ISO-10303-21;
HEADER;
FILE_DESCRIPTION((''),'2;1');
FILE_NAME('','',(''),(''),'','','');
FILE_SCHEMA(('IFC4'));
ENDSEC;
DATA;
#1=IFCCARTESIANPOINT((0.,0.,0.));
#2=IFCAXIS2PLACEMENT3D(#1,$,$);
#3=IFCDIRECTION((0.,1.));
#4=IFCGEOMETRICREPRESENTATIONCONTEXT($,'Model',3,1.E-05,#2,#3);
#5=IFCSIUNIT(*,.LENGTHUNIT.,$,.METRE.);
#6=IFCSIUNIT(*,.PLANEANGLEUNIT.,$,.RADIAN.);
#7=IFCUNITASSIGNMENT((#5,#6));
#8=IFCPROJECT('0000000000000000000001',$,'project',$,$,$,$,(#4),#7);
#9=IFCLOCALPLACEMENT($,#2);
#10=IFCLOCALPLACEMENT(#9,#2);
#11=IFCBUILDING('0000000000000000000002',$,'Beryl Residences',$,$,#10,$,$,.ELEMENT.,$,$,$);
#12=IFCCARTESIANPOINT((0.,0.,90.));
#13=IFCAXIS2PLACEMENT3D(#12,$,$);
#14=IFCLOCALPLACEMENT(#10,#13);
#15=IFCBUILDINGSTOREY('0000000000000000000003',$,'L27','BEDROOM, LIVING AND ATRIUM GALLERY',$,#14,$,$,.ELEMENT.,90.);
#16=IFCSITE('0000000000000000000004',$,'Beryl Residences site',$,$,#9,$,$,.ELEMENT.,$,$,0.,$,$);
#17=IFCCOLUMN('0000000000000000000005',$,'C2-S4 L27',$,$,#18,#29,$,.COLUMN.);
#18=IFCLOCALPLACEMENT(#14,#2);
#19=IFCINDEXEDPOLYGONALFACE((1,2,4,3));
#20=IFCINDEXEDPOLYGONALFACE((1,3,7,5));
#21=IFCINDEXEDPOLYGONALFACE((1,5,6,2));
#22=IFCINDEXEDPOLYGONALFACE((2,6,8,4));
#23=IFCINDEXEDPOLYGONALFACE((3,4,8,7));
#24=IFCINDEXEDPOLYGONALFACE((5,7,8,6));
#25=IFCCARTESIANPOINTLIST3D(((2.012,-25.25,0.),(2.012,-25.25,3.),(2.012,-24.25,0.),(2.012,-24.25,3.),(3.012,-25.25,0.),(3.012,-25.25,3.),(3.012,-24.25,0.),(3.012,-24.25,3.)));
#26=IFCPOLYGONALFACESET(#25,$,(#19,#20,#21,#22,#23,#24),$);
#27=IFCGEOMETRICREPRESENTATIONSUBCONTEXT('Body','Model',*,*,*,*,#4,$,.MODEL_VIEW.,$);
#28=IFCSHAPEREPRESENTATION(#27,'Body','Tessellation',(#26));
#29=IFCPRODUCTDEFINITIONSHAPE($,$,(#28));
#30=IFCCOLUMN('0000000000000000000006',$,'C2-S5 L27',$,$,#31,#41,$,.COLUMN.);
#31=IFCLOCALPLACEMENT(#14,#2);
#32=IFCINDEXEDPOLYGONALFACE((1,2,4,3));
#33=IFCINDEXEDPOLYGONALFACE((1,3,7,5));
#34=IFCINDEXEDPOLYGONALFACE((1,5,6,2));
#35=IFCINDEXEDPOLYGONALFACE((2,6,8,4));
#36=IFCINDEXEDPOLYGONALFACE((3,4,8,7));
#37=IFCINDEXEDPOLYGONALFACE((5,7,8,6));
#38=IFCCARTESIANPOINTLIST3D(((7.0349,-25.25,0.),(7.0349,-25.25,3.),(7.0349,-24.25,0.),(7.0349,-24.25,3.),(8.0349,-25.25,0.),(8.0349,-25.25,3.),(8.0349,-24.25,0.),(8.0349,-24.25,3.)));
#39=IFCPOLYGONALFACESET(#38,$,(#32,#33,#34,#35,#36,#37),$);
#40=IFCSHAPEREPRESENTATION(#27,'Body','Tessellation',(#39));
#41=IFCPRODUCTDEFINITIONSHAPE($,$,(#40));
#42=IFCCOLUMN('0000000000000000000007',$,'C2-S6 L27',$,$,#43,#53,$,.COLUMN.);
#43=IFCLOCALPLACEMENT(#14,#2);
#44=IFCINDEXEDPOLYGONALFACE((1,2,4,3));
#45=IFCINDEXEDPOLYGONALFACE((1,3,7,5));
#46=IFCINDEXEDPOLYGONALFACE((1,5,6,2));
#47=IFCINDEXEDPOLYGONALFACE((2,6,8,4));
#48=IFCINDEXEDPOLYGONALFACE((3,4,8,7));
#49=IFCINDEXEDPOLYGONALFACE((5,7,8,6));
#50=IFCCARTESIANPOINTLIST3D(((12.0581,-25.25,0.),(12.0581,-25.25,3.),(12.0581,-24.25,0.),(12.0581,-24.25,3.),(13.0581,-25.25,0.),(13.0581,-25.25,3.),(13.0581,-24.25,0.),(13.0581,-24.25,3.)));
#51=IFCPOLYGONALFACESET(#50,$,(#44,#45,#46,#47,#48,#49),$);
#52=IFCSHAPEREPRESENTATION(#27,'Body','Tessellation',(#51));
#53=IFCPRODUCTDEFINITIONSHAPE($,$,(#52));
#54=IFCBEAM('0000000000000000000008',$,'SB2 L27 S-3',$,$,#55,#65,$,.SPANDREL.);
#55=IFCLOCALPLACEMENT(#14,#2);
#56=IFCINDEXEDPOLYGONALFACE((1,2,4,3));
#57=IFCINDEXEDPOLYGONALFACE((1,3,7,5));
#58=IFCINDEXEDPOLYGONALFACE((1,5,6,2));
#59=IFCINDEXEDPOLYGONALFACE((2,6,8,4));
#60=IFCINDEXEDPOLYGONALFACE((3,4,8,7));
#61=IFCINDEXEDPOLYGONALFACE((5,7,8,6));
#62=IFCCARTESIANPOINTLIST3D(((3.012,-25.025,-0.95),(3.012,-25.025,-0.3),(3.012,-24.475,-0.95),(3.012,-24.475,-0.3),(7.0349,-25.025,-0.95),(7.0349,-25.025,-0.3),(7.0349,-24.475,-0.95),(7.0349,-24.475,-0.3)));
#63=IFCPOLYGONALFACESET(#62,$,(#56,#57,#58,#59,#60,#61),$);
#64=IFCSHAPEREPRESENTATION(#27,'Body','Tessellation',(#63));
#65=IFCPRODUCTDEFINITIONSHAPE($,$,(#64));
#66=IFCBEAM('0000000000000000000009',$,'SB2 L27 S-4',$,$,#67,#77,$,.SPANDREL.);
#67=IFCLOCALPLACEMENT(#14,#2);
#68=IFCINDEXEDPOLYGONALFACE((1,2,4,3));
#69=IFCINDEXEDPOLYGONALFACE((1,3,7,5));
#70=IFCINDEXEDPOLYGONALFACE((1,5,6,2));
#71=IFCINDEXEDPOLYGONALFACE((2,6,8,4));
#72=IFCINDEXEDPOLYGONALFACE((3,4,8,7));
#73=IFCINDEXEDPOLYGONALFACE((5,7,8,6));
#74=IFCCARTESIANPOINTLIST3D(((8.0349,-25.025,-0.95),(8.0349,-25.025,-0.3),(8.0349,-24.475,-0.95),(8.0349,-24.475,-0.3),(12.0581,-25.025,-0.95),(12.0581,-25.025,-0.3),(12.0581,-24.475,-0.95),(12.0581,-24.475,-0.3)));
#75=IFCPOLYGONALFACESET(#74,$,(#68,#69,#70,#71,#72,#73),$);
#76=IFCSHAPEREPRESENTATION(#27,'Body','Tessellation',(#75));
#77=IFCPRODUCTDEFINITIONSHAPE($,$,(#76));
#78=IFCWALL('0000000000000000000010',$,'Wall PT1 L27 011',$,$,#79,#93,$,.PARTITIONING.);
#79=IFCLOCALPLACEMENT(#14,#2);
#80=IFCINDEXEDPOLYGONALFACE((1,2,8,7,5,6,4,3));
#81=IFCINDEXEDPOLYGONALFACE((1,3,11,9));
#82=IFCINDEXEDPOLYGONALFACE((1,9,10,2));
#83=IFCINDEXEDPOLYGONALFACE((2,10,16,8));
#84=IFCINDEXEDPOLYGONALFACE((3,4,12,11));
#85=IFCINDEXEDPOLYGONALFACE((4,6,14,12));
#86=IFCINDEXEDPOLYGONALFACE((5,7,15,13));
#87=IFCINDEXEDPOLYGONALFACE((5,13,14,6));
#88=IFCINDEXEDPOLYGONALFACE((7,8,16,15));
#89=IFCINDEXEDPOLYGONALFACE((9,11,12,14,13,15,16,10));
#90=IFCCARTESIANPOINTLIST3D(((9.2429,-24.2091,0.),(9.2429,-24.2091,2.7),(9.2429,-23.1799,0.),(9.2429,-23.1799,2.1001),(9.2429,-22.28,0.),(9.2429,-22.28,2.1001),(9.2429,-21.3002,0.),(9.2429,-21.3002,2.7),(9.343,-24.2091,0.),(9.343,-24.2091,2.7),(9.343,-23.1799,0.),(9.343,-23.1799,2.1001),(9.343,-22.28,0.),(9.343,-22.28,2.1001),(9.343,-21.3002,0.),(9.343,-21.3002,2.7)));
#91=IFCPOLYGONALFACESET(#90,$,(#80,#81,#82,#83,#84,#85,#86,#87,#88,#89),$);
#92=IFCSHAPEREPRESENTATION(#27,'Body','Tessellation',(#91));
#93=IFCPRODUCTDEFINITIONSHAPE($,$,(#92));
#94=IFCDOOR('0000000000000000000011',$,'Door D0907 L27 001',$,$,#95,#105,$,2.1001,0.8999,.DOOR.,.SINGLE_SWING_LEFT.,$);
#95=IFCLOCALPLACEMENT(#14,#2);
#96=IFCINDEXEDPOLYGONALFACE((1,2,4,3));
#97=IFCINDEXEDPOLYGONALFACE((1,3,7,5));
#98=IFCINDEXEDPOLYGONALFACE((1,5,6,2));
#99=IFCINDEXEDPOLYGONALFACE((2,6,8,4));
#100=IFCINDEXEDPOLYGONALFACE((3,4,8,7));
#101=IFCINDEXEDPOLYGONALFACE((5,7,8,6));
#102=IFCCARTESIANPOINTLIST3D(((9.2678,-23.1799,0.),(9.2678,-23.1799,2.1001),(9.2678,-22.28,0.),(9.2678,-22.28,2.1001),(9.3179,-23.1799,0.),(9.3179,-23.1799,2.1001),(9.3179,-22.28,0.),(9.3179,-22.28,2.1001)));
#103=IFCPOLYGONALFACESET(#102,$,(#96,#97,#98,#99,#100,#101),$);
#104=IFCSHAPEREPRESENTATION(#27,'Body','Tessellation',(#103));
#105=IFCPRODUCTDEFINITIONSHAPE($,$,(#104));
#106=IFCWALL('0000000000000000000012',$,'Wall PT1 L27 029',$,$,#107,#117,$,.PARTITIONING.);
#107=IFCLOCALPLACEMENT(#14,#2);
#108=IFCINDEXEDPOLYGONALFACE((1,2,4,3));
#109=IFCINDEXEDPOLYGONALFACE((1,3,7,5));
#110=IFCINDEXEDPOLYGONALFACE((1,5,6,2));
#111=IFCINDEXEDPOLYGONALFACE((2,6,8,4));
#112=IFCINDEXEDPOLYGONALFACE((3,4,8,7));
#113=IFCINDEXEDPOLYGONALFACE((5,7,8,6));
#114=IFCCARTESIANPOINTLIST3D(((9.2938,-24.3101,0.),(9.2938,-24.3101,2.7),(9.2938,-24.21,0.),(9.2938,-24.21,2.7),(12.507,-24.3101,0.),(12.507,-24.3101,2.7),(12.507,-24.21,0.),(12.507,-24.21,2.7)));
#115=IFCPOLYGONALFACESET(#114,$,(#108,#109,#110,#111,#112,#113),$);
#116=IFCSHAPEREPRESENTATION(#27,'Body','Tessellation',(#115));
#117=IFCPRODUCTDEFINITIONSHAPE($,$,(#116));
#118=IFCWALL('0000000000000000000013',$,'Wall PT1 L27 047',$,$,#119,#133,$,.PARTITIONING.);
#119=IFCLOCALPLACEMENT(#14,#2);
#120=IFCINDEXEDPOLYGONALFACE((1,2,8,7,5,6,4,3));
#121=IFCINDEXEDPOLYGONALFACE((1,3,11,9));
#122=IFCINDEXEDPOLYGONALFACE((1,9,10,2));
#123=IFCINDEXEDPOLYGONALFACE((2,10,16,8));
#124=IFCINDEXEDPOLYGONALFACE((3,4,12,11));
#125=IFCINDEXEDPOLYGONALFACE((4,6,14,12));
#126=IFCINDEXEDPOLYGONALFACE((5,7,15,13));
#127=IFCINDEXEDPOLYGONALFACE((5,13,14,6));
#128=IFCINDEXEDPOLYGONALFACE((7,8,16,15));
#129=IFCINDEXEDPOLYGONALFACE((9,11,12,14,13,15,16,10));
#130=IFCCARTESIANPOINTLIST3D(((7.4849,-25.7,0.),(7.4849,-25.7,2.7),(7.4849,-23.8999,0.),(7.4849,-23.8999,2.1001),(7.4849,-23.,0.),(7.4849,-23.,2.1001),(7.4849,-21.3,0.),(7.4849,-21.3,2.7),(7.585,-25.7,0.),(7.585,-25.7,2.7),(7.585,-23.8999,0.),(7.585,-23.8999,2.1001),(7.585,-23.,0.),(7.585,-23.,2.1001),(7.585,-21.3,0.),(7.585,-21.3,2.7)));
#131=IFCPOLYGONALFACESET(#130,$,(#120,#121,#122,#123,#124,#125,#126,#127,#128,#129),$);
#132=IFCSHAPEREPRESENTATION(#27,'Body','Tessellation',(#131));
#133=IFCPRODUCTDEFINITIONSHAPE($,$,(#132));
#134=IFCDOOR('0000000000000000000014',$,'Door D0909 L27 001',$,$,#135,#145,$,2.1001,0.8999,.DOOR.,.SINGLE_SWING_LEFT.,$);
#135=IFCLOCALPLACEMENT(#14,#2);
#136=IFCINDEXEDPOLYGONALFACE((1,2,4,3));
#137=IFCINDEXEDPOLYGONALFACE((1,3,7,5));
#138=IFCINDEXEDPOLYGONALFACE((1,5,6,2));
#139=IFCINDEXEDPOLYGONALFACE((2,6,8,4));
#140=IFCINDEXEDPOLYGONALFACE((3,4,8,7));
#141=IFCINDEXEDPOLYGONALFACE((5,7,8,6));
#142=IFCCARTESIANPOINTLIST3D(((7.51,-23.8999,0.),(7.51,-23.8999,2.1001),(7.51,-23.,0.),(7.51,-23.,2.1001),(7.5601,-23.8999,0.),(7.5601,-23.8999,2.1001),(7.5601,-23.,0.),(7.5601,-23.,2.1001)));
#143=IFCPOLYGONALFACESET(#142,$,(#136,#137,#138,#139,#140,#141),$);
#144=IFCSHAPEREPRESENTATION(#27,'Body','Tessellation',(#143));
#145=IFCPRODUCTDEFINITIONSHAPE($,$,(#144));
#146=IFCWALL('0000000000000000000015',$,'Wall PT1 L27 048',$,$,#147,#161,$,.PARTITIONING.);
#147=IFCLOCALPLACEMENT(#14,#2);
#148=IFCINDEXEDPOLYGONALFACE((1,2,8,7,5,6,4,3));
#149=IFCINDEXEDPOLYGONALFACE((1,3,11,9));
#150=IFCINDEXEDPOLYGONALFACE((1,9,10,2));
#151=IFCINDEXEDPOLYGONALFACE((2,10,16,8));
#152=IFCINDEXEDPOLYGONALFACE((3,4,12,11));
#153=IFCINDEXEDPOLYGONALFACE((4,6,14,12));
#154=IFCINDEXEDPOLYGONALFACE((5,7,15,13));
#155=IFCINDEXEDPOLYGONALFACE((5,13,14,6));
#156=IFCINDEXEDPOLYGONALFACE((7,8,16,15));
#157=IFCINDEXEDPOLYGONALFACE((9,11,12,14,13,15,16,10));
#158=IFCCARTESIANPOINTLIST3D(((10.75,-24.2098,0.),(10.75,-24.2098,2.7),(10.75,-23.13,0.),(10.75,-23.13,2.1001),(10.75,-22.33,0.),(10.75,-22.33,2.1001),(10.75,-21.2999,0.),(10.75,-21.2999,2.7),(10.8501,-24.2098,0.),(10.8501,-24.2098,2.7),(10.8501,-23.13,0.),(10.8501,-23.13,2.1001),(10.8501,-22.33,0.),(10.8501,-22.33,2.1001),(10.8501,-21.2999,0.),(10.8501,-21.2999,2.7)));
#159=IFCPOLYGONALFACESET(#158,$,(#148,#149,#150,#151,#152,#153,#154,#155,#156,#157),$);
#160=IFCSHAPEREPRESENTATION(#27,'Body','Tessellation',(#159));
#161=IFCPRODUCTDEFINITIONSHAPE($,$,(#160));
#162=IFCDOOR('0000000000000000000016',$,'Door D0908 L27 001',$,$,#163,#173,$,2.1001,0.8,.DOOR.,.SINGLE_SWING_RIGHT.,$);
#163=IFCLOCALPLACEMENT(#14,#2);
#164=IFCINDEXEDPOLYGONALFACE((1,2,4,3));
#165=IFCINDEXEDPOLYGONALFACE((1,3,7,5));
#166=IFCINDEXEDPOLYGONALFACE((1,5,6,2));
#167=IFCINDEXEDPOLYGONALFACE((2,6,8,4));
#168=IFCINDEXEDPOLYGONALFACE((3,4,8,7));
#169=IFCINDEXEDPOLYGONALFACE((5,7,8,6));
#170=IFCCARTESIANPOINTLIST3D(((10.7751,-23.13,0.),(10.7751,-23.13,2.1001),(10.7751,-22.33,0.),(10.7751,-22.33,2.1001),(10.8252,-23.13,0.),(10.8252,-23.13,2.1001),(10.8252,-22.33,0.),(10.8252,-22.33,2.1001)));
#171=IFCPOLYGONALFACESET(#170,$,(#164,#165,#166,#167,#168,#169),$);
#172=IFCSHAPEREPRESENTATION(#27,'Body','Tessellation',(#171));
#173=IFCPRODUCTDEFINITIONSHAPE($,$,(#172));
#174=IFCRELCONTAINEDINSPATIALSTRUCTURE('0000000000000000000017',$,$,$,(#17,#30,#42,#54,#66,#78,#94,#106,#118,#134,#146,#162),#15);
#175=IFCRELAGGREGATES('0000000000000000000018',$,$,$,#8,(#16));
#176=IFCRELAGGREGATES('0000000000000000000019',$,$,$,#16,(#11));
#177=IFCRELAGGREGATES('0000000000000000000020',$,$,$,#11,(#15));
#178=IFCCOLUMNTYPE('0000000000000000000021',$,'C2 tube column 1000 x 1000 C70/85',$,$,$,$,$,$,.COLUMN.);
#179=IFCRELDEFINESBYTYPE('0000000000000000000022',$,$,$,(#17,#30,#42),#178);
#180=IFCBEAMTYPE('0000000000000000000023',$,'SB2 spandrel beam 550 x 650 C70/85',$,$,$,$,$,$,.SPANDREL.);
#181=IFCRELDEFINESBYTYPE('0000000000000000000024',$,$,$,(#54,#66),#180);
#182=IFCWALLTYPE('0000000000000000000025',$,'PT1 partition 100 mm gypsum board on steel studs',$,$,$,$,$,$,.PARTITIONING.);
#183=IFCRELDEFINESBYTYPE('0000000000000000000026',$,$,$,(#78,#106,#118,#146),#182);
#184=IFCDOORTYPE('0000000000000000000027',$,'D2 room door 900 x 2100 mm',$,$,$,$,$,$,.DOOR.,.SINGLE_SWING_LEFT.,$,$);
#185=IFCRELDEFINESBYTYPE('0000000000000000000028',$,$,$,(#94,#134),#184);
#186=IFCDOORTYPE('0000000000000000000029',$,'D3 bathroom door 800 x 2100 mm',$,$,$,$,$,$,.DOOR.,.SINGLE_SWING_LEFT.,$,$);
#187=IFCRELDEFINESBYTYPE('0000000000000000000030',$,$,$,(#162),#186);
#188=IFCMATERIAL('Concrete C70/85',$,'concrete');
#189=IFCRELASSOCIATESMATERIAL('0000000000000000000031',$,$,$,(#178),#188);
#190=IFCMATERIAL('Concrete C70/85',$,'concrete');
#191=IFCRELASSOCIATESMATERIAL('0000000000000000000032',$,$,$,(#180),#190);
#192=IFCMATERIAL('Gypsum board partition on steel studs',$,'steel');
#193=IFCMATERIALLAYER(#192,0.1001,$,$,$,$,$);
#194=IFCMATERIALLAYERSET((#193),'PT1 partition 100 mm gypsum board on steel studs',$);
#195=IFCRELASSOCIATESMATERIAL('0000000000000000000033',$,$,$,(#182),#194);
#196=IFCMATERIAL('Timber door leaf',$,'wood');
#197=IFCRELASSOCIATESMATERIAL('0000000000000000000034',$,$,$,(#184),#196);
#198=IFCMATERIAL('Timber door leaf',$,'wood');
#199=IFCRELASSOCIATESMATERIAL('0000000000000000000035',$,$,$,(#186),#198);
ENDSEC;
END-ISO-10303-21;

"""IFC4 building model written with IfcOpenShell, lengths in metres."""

from ifc_helpers import new_model, si_unit, direction, frame, frame_2d, origin, origin_2d, place, context, subcontext, project, spatial, rectangle, extrude, material, layer, layer_set, material_profile, profile_set, type_object, element, fill, save


model = new_model("IFC4")

# Units and contexts
model_context = context("Model", 3, precision=1e-05, world=origin(), true_north=direction((0.0, 1.0)))
body_context = subcontext(model_context, "Body", "Model", "MODEL_VIEW")
ifc_project = project(units=[si_unit("LENGTHUNIT", "METRE"), si_unit("PLANEANGLEUNIT", "RADIAN")], contexts=[model_context])

# Site, building, storey
site_placement = place(None, origin())
site = spatial("IfcSite", under=ifc_project, at=site_placement, Name="Beryl Residences site", CompositionType="ELEMENT", RefElevation=0.0)
building_placement = place(site_placement, origin())
building = spatial("IfcBuilding", under=site, at=building_placement, Name="Beryl Residences", CompositionType="ELEMENT")
storey_placement = place(building_placement, frame((0.0, 0.0, 90.0)))
storey = spatial("IfcBuildingStorey", under=building, at=storey_placement, Name="L27", Description="BEDROOM, LIVING AND ATRIUM GALLERY", CompositionType="ELEMENT", Elevation=90.0)

# Columns
ifc_material_1 = material(Name="Concrete C70/85", Category="concrete")
ifc_material_profile_1 = material_profile(ifc_material_1, rectangle(XDim=1.0, YDim=1.0, at=origin_2d()))
ifc_profile_set_1 = profile_set([ifc_material_profile_1], Name="Concrete C70/85")
column_type = type_object("IfcColumnType", Name="C2 tube column 1000 x 1000 C70/85", PredefinedType="COLUMN", material=ifc_profile_set_1)
for number, where, z_axis, x_axis, name in (
    (1, (2.512, -24.75, 0.0), (0.0, 0.0, 1.0), (1.0, 0.0, 0.0), "C2-S4 L27"),
    (2, (7.5349, -24.75, 0.0), (0.0, 0.0, 1.0), (1.0, 0.0, 0.0), "C2-S5 L27"),
    (3, (12.5581, -24.75, 0.0), (0.0, 0.0, 1.0), (1.0, 0.0, 0.0), "C2-S6 L27"),
):
    element("IfcColumn", number, at=place(storey_placement, frame(where, z_axis=z_axis, x_axis=x_axis)), inside=storey, type_object=column_type, Name=name, PredefinedType="COLUMN", context=body_context, shape_type="SweptSolid", body=[
        extrude(rectangle(XDim=1.0, YDim=1.0, at=origin_2d()), origin(), (0.0, 0.0, 1.0), 3.0),
    ])

# Beams
ifc_material_2 = material(Name="Concrete C70/85", Category="concrete")
ifc_material_profile_2 = material_profile(ifc_material_2, rectangle(XDim=0.55, YDim=0.6499, at=origin_2d()))
ifc_profile_set_2 = profile_set([ifc_material_profile_2], Name="Concrete C70/85")
beam_type = type_object("IfcBeamType", Name="SB2 spandrel beam 550 x 650 C70/85", PredefinedType="SPANDREL", material=ifc_profile_set_2)
beam_1_placement = place(storey_placement, frame((3.012, -24.75, -0.625), z_axis=(1.0, 0.0, 0.0), x_axis=(0.0, 1.0, 0.0)))
element("IfcBeam", 4, at=beam_1_placement, inside=storey, type_object=beam_type, Name="SB2 L27 S-3", PredefinedType="SPANDREL", context=body_context, shape_type="SweptSolid", body=[
    extrude(rectangle(XDim=0.55, YDim=0.6499, at=origin_2d()), origin(), (0.0, 0.0, 1.0), 4.0229),
])
beam_2_placement = place(storey_placement, frame((8.0349, -24.75, -0.625), z_axis=(1.0, 0.0, 0.0), x_axis=(0.0, 1.0, 0.0)))
element("IfcBeam", 5, at=beam_2_placement, inside=storey, type_object=beam_type, Name="SB2 L27 S-4", PredefinedType="SPANDREL", context=body_context, shape_type="SweptSolid", body=[
    extrude(rectangle(XDim=0.55, YDim=0.6499, at=origin_2d()), origin(), (0.0, 0.0, 1.0), 4.0232),
])

# Wall, opening, door
ifc_material_3 = material(Name="Gypsum board partition on steel studs", Category="steel")
ifc_layer_1 = layer(ifc_material_3, 0.1001)
ifc_layer_set_1 = layer_set([ifc_layer_1], Name="PT1 partition 100 mm gypsum board on steel studs")
wall_type_1 = type_object("IfcWallType", Name="PT1 partition 100 mm gypsum board on steel studs", PredefinedType="PARTITIONING", material=ifc_layer_set_1)
wall_1_placement = place(storey_placement, frame((9.293, -21.3, 0.0), z_axis=(0.0, 0.0, 1.0), x_axis=(0.0, -1.0, 0.0)))
wall_1 = element("IfcWall", 6, at=wall_1_placement, inside=storey, type_object=wall_type_1, Name="Wall PT1 L27 011", PredefinedType="PARTITIONING", context=body_context, shape_type="SweptSolid", body=[
    extrude(rectangle(XDim=2.9089, YDim=0.1001, at=frame_2d((1.4546, 0.0))), origin(), (0.0, 0.0, 1.0), 2.7),
])
opening_1_placement = place(wall_1_placement, frame((0.98, 0.0, 0.0)))
opening_1 = element("IfcOpeningElement", 7, at=opening_1_placement, cuts=wall_1, PredefinedType="OPENING", context=body_context, shape_type="SweptSolid", body=[
    extrude(rectangle(XDim=0.8999, YDim=2.1001, at=frame_2d((0.45, 1.05))), frame((0.0, 0.0601, 0.0), z_axis=(0.0, -1.0, 0.0), x_axis=(1.0, 0.0, 0.0)), (0.0, 0.0, 1.0), 0.1201),
])
ifc_material_4 = material(Name="Timber door leaf", Category="wood")
door_type_1 = type_object("IfcDoorType", Name="D2 room door 900 x 2100 mm", OperationType="SINGLE_SWING_LEFT", PredefinedType="DOOR", material=ifc_material_4)
door_1_placement = place(opening_1_placement, origin())
door_1 = element("IfcDoor", 8, at=door_1_placement, inside=storey, type_object=door_type_1, Name="Door D0907 L27 001", OperationType="SINGLE_SWING_LEFT", OverallHeight=2.1001, OverallWidth=0.8999, PredefinedType="DOOR", context=body_context, shape_type="SweptSolid", body=[
    extrude(rectangle(XDim=0.8999, YDim=2.1001, at=frame_2d((0.45, 1.05))), frame((0.0, 0.0249, 0.0), z_axis=(0.0, -1.0, 0.0), x_axis=(1.0, 0.0, 0.0)), (0.0, 0.0, 1.0), 0.05),
])
fill(opening_1, door_1)

# Wall
wall_2_placement = place(storey_placement, frame((9.2939, -24.26, 0.0), z_axis=(0.0, 0.0, 1.0), x_axis=(1.0, 0.0, 0.0)))
element("IfcWall", 9, at=wall_2_placement, inside=storey, type_object=wall_type_1, Name="Wall PT1 L27 029", PredefinedType="PARTITIONING", context=body_context, shape_type="SweptSolid", body=[
    extrude(rectangle(XDim=3.2131, YDim=0.1001, at=frame_2d((1.6064, 0.0))), origin(), (0.0, 0.0, 1.0), 2.7),
])

# Walls, openings, doors
wall_3_placement = place(storey_placement, frame((7.5349, -25.7, 0.0), z_axis=(0.0, 0.0, 1.0), x_axis=(0.0, 1.0, 0.0)))
wall_3 = element("IfcWall", 10, at=wall_3_placement, inside=storey, type_object=wall_type_1, Name="Wall PT1 L27 047", PredefinedType="PARTITIONING", context=body_context, shape_type="SweptSolid", body=[
    extrude(rectangle(XDim=4.3999, YDim=0.1001, at=frame_2d((2.2, 0.0))), origin(), (0.0, 0.0, 1.0), 2.7),
])
opening_2_placement = place(wall_3_placement, frame((1.8, 0.0, 0.0)))
opening_2 = element("IfcOpeningElement", 11, at=opening_2_placement, cuts=wall_3, PredefinedType="OPENING", context=body_context, shape_type="SweptSolid", body=[
    extrude(rectangle(XDim=0.8999, YDim=2.1001, at=frame_2d((0.45, 1.05))), frame((0.0, 0.0601, 0.0), z_axis=(0.0, -1.0, 0.0), x_axis=(1.0, 0.0, 0.0)), (0.0, 0.0, 1.0), 0.1201),
])
door_2_placement = place(opening_2_placement, origin())
door_2 = element("IfcDoor", 12, at=door_2_placement, inside=storey, type_object=door_type_1, Name="Door D0909 L27 001", OperationType="SINGLE_SWING_LEFT", OverallHeight=2.1001, OverallWidth=0.8999, PredefinedType="DOOR", context=body_context, shape_type="SweptSolid", body=[
    extrude(rectangle(XDim=0.8999, YDim=2.1001, at=frame_2d((0.45, 1.05))), frame((0.0, 0.0249, 0.0), z_axis=(0.0, -1.0, 0.0), x_axis=(1.0, 0.0, 0.0)), (0.0, 0.0, 1.0), 0.05),
])
fill(opening_2, door_2)
wall_4_placement = place(storey_placement, frame((10.8, -24.21, 0.0), z_axis=(0.0, 0.0, 1.0), x_axis=(0.0, 1.0, 0.0)))
wall_4 = element("IfcWall", 13, at=wall_4_placement, inside=storey, type_object=wall_type_1, Name="Wall PT1 L27 048", PredefinedType="PARTITIONING", context=body_context, shape_type="SweptSolid", body=[
    extrude(rectangle(XDim=2.9099, YDim=0.1001, at=frame_2d((1.4551, 0.0))), origin(), (0.0, 0.0, 1.0), 2.7),
])
opening_3_placement = place(wall_4_placement, frame((1.0801, 0.0, 0.0)))
opening_3 = element("IfcOpeningElement", 14, at=opening_3_placement, cuts=wall_4, PredefinedType="OPENING", context=body_context, shape_type="SweptSolid", body=[
    extrude(rectangle(XDim=0.8, YDim=2.1001, at=frame_2d((0.3999, 1.05))), frame((0.0, 0.0601, 0.0), z_axis=(0.0, -1.0, 0.0), x_axis=(1.0, 0.0, 0.0)), (0.0, 0.0, 1.0), 0.1201),
])
ifc_material_5 = material(Name="Timber door leaf", Category="wood")
door_type_2 = type_object("IfcDoorType", Name="D3 bathroom door 800 x 2100 mm", OperationType="SINGLE_SWING_LEFT", PredefinedType="DOOR", material=ifc_material_5)
door_3_placement = place(opening_3_placement, origin())
door_3 = element("IfcDoor", 15, at=door_3_placement, inside=storey, type_object=door_type_2, Name="Door D0908 L27 001", OperationType="SINGLE_SWING_RIGHT", OverallHeight=2.1001, OverallWidth=0.8, PredefinedType="DOOR", context=body_context, shape_type="SweptSolid", body=[
    extrude(rectangle(XDim=0.8, YDim=2.1001, at=frame_2d((0.3999, 1.05))), frame((0.0, 0.0249, 0.0), z_axis=(0.0, -1.0, 0.0), x_axis=(1.0, 0.0, 0.0)), (0.0, 0.0, 1.0), 0.05),
])
fill(opening_3, door_3)

save(model, "model.ifc")
